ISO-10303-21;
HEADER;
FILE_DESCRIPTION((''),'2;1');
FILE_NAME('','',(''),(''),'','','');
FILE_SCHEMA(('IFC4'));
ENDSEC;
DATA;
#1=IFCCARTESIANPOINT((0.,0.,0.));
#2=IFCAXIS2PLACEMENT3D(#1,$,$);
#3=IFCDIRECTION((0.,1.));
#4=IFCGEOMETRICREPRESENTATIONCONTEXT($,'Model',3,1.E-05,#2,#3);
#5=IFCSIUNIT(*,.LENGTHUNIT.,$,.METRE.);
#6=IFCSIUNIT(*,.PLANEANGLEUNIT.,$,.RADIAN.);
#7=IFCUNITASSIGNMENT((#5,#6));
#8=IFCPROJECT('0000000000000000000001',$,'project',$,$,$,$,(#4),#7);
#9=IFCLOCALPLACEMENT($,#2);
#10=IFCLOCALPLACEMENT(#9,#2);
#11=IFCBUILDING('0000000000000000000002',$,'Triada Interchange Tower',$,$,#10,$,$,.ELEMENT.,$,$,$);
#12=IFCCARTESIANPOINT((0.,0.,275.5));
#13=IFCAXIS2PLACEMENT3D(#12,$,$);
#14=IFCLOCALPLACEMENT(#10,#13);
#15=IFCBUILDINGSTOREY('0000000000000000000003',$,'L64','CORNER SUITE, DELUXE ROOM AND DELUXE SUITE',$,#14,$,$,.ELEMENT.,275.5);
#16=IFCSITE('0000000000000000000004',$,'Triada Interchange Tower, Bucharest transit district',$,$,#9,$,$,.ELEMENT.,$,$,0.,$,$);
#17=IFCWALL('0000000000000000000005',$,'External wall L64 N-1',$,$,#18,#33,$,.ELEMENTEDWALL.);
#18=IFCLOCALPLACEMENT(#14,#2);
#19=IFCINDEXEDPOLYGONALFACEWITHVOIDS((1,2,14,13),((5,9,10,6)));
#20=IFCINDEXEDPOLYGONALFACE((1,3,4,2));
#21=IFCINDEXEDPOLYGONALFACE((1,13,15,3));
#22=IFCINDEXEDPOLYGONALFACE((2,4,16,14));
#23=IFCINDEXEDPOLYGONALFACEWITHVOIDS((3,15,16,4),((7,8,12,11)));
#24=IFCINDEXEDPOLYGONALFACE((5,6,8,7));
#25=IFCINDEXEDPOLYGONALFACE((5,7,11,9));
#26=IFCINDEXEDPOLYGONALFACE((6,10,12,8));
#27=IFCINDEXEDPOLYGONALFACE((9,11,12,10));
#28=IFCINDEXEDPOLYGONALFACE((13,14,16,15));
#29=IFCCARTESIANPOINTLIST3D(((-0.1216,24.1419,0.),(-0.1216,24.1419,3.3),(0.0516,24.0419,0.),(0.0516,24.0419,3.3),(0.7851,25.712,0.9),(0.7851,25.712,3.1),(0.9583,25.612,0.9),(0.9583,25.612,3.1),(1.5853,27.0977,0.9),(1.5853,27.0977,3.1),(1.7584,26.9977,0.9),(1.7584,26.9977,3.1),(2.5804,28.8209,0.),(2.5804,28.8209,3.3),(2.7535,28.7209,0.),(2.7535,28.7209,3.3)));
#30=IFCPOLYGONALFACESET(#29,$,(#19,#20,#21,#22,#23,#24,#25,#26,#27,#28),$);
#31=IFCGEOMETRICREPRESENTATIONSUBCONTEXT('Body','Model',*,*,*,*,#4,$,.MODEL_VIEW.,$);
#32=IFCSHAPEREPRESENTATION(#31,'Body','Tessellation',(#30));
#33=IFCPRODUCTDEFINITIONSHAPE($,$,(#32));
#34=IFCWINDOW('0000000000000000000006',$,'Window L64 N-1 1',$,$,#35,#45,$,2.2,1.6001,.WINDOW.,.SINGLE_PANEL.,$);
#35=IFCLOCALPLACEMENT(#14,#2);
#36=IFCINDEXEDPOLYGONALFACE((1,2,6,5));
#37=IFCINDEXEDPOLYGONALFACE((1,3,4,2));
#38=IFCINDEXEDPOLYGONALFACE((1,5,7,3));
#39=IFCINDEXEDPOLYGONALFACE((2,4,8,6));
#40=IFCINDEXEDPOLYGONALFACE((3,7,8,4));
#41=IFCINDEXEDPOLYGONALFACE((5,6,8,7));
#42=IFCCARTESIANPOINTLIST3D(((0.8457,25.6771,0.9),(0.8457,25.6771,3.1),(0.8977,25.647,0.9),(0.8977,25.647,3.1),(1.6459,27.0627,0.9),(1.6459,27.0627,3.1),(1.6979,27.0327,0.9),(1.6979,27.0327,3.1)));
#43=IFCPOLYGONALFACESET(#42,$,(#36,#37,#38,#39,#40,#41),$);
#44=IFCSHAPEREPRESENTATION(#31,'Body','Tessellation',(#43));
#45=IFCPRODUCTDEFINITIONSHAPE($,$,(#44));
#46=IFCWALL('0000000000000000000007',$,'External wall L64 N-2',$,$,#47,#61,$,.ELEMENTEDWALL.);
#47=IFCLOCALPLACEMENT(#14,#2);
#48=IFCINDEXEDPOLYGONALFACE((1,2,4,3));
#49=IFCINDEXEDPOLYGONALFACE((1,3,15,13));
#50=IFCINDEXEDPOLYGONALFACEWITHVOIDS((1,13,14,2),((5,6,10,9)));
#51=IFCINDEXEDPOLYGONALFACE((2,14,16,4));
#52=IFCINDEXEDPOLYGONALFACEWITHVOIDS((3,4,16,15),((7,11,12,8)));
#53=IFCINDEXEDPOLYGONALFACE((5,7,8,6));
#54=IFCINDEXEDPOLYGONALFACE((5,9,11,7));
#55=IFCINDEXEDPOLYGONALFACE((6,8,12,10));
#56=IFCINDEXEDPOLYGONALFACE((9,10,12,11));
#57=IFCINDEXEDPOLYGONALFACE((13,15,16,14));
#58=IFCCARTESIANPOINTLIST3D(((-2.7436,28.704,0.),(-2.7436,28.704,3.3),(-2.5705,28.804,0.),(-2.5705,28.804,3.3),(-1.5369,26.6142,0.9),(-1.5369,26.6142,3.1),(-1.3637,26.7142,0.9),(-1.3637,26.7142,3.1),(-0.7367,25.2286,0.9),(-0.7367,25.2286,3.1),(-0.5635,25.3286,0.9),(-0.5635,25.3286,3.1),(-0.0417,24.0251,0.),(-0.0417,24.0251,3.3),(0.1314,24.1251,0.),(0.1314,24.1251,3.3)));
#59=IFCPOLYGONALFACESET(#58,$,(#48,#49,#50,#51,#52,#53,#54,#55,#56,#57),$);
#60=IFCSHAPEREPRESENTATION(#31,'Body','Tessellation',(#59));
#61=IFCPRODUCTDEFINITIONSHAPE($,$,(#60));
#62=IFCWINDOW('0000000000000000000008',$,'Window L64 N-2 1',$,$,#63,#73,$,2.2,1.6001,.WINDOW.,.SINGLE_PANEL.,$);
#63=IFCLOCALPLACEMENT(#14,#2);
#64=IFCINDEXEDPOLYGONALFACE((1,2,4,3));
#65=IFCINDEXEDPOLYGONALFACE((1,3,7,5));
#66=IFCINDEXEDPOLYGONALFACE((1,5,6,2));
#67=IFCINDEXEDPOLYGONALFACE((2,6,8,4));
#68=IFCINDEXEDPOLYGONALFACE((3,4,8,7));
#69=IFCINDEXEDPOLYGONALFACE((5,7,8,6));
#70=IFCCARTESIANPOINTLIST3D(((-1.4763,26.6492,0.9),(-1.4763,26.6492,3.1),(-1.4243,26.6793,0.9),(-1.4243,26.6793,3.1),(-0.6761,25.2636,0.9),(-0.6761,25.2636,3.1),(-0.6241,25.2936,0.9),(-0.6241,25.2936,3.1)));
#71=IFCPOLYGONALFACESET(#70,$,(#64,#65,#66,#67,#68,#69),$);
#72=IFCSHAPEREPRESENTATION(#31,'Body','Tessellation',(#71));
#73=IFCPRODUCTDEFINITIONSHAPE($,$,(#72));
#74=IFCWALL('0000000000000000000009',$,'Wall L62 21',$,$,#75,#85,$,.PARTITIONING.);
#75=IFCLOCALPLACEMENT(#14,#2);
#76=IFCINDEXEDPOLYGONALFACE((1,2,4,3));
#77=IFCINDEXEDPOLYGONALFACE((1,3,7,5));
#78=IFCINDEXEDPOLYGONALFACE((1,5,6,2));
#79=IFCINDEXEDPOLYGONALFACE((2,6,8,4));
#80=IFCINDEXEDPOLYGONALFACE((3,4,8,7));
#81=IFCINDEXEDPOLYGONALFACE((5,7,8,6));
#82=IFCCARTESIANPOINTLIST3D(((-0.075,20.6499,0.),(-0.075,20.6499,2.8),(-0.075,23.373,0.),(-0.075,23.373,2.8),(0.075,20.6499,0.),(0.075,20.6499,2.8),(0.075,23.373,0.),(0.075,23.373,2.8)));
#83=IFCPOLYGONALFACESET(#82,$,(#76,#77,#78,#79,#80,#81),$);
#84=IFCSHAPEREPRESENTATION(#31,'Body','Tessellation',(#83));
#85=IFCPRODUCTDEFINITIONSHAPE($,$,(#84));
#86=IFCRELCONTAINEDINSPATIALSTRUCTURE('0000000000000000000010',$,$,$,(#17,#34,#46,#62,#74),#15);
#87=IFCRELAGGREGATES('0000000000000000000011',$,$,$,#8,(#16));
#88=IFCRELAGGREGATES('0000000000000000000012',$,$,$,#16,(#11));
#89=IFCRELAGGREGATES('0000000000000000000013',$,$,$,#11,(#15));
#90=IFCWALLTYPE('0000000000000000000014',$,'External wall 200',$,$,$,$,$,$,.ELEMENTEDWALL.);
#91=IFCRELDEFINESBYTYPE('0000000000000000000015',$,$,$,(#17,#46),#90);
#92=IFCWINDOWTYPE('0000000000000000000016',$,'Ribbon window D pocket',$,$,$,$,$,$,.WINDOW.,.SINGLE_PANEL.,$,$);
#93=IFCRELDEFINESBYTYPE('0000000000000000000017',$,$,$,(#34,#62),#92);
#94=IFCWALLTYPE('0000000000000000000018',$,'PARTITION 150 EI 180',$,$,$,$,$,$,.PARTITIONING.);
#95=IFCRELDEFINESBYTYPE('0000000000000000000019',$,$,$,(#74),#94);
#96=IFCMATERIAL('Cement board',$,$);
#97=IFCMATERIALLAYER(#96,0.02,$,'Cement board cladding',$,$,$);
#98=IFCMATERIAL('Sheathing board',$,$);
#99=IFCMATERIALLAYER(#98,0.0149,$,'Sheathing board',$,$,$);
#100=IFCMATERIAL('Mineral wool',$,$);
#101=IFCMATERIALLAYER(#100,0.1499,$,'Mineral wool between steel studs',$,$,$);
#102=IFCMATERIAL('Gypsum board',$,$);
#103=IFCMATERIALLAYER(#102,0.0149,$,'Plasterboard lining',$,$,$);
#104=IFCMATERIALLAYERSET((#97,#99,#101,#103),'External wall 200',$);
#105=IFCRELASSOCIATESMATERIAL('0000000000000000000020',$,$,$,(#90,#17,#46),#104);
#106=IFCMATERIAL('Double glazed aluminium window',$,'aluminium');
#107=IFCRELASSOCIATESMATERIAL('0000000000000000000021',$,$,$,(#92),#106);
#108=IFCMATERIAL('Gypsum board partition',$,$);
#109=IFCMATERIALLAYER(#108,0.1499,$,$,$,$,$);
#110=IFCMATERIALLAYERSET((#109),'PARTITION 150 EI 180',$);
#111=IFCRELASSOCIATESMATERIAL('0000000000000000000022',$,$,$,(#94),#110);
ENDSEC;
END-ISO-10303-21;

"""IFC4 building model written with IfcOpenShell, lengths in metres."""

from ifc_helpers import new_model, si_unit, direction, frame, frame_2d, origin, place, context, subcontext, project, spatial, rectangle, extrude, material, layer, layer_set, layer_usage, type_object, element, fill, save


model = new_model("IFC4")

# Units and contexts
model_context = context("Model", 3, precision=1e-05, world=origin(), true_north=direction((0.0, 1.0)))
body_context = subcontext(model_context, "Body", "Model", "MODEL_VIEW")
ifc_project = project(units=[si_unit("LENGTHUNIT", "METRE"), si_unit("PLANEANGLEUNIT", "RADIAN")], contexts=[model_context])

# Site, building, storey
site_placement = place(None, origin())
site = spatial("IfcSite", under=ifc_project, at=site_placement, Name="Triada Interchange Tower, Bucharest transit district", CompositionType="ELEMENT", RefElevation=0.0)
building_placement = place(site_placement, origin())
building = spatial("IfcBuilding", under=site, at=building_placement, Name="Triada Interchange Tower", CompositionType="ELEMENT")
storey_placement = place(building_placement, frame((0.0, 0.0, 275.5)))
storey = spatial("IfcBuildingStorey", under=building, at=storey_placement, Name="L64", Description="CORNER SUITE, DELUXE ROOM AND DELUXE SUITE", CompositionType="ELEMENT", Elevation=275.5)

# Walls, openings, windows
ifc_material_1 = material(Name="Cement board")
ifc_layer_1 = layer(ifc_material_1, 0.02, Name="Cement board cladding")
ifc_material_2 = material(Name="Sheathing board")
ifc_layer_2 = layer(ifc_material_2, 0.0149, Name="Sheathing board")
ifc_material_3 = material(Name="Mineral wool")
ifc_layer_3 = layer(ifc_material_3, 0.1499, Name="Mineral wool between steel studs")
ifc_material_4 = material(Name="Gypsum board")
ifc_layer_4 = layer(ifc_material_4, 0.0149, Name="Plasterboard lining")
ifc_layer_set_1 = layer_set([ifc_layer_1, ifc_layer_2, ifc_layer_3, ifc_layer_4], Name="External wall 200")
ifc_layer_usage = layer_usage(ifc_layer_set_1, "AXIS2", "POSITIVE", -0.1001)
wall_type_1 = type_object("IfcWallType", Name="External wall 200", PredefinedType="ELEMENTEDWALL", material=ifc_layer_set_1)
wall_1_placement = place(storey_placement, frame((2.667, 28.771, 0.0), z_axis=(0.0, 0.0, 1.0), x_axis=(-0.500071, -0.865985, 0.0)))
wall_1 = element("IfcWall", 1, at=wall_1_placement, inside=storey, type_object=wall_type_1, material=ifc_layer_usage, Name="External wall L64 N-1", PredefinedType="ELEMENTEDWALL", context=body_context, shape_type="SweptSolid", body=[
    extrude(rectangle(XDim=5.4031, YDim=0.2, at=frame_2d((2.7017, 0.0))), origin(), (0.0, 0.0, 1.0), 3.3),
])
opening_1_placement = place(wall_1_placement, frame((1.99, 0.0, 0.8999)))
opening_1 = element("IfcOpeningElement", 2, at=opening_1_placement, cuts=wall_1, PredefinedType="OPENING", context=body_context, shape_type="SweptSolid", body=[
    extrude(rectangle(XDim=1.6001, YDim=2.2, at=frame_2d((0.8, 1.1001))), frame((0.0, 0.1099, 0.0), z_axis=(0.0, -1.0, 0.0), x_axis=(1.0, 0.0, 0.0)), (0.0, 0.0, 1.0), 0.22),
])
ifc_material_5 = material(Name="Double glazed aluminium window", Category="aluminium")
window_type = type_object("IfcWindowType", Name="Ribbon window D pocket", PartitioningType="SINGLE_PANEL", PredefinedType="WINDOW", material=ifc_material_5)
window_1_placement = place(opening_1_placement, origin())
window_1 = element("IfcWindow", 3, at=window_1_placement, inside=storey, type_object=window_type, Name="Window L64 N-1 1", OverallHeight=2.2, OverallWidth=1.6001, PartitioningType="SINGLE_PANEL", PredefinedType="WINDOW", context=body_context, shape_type="SweptSolid", body=[
    extrude(rectangle(XDim=1.6001, YDim=2.2, at=frame_2d((0.8, 1.1001))), frame((0.0, 0.03, 0.0), z_axis=(0.0, -1.0, 0.0), x_axis=(1.0, 0.0, 0.0)), (0.0, 0.0, 1.0), 0.0601),
])
fill(opening_1, window_1)
wall_2_placement = place(storey_placement, frame((0.0449, 24.075, 0.0), z_axis=(0.0, 0.0, 1.0), x_axis=(-0.500071, 0.865985, 0.0)))
wall_2 = element("IfcWall", 4, at=wall_2_placement, inside=storey, type_object=wall_type_1, material=ifc_layer_usage, Name="External wall L64 N-2", PredefinedType="ELEMENTEDWALL", context=body_context, shape_type="SweptSolid", body=[
    extrude(rectangle(XDim=5.4031, YDim=0.2, at=frame_2d((2.7017, 0.0))), origin(), (0.0, 0.0, 1.0), 3.3),
])
opening_2_placement = place(wall_2_placement, frame((1.3899, 0.0, 0.8999)))
opening_2 = element("IfcOpeningElement", 5, at=opening_2_placement, cuts=wall_2, PredefinedType="OPENING", context=body_context, shape_type="SweptSolid", body=[
    extrude(rectangle(XDim=1.6001, YDim=2.2, at=frame_2d((0.8, 1.1001))), frame((0.0, 0.1099, 0.0), z_axis=(0.0, -1.0, 0.0), x_axis=(1.0, 0.0, 0.0)), (0.0, 0.0, 1.0), 0.22),
])
window_2_placement = place(opening_2_placement, origin())
window_2 = element("IfcWindow", 6, at=window_2_placement, inside=storey, type_object=window_type, Name="Window L64 N-2 1", OverallHeight=2.2, OverallWidth=1.6001, PartitioningType="SINGLE_PANEL", PredefinedType="WINDOW", context=body_context, shape_type="SweptSolid", body=[
    extrude(rectangle(XDim=1.6001, YDim=2.2, at=frame_2d((0.8, 1.1001))), frame((0.0, 0.03, 0.0), z_axis=(0.0, -1.0, 0.0), x_axis=(1.0, 0.0, 0.0)), (0.0, 0.0, 1.0), 0.0601),
])
fill(opening_2, window_2)

# Wall
ifc_material_6 = material(Name="Gypsum board partition")
ifc_layer_5 = layer(ifc_material_6, 0.1499)
ifc_layer_set_2 = layer_set([ifc_layer_5], Name="PARTITION 150 EI 180")
wall_type_2 = type_object("IfcWallType", Name="PARTITION 150 EI 180", PredefinedType="PARTITIONING", material=ifc_layer_set_2)
wall_3_placement = place(storey_placement, frame((0.0, 20.6499, 0.0), z_axis=(0.0, 0.0, 1.0), x_axis=(0.0, 1.0, 0.0)))
element("IfcWall", 7, at=wall_3_placement, inside=storey, type_object=wall_type_2, Name="Wall L62 21", PredefinedType="PARTITIONING", context=body_context, shape_type="SweptSolid", body=[
    extrude(rectangle(XDim=2.7231, YDim=0.1499, at=frame_2d((1.3616, 0.0))), origin(), (0.0, 0.0, 1.0), 2.8),
])

save(model, "model.ifc")
